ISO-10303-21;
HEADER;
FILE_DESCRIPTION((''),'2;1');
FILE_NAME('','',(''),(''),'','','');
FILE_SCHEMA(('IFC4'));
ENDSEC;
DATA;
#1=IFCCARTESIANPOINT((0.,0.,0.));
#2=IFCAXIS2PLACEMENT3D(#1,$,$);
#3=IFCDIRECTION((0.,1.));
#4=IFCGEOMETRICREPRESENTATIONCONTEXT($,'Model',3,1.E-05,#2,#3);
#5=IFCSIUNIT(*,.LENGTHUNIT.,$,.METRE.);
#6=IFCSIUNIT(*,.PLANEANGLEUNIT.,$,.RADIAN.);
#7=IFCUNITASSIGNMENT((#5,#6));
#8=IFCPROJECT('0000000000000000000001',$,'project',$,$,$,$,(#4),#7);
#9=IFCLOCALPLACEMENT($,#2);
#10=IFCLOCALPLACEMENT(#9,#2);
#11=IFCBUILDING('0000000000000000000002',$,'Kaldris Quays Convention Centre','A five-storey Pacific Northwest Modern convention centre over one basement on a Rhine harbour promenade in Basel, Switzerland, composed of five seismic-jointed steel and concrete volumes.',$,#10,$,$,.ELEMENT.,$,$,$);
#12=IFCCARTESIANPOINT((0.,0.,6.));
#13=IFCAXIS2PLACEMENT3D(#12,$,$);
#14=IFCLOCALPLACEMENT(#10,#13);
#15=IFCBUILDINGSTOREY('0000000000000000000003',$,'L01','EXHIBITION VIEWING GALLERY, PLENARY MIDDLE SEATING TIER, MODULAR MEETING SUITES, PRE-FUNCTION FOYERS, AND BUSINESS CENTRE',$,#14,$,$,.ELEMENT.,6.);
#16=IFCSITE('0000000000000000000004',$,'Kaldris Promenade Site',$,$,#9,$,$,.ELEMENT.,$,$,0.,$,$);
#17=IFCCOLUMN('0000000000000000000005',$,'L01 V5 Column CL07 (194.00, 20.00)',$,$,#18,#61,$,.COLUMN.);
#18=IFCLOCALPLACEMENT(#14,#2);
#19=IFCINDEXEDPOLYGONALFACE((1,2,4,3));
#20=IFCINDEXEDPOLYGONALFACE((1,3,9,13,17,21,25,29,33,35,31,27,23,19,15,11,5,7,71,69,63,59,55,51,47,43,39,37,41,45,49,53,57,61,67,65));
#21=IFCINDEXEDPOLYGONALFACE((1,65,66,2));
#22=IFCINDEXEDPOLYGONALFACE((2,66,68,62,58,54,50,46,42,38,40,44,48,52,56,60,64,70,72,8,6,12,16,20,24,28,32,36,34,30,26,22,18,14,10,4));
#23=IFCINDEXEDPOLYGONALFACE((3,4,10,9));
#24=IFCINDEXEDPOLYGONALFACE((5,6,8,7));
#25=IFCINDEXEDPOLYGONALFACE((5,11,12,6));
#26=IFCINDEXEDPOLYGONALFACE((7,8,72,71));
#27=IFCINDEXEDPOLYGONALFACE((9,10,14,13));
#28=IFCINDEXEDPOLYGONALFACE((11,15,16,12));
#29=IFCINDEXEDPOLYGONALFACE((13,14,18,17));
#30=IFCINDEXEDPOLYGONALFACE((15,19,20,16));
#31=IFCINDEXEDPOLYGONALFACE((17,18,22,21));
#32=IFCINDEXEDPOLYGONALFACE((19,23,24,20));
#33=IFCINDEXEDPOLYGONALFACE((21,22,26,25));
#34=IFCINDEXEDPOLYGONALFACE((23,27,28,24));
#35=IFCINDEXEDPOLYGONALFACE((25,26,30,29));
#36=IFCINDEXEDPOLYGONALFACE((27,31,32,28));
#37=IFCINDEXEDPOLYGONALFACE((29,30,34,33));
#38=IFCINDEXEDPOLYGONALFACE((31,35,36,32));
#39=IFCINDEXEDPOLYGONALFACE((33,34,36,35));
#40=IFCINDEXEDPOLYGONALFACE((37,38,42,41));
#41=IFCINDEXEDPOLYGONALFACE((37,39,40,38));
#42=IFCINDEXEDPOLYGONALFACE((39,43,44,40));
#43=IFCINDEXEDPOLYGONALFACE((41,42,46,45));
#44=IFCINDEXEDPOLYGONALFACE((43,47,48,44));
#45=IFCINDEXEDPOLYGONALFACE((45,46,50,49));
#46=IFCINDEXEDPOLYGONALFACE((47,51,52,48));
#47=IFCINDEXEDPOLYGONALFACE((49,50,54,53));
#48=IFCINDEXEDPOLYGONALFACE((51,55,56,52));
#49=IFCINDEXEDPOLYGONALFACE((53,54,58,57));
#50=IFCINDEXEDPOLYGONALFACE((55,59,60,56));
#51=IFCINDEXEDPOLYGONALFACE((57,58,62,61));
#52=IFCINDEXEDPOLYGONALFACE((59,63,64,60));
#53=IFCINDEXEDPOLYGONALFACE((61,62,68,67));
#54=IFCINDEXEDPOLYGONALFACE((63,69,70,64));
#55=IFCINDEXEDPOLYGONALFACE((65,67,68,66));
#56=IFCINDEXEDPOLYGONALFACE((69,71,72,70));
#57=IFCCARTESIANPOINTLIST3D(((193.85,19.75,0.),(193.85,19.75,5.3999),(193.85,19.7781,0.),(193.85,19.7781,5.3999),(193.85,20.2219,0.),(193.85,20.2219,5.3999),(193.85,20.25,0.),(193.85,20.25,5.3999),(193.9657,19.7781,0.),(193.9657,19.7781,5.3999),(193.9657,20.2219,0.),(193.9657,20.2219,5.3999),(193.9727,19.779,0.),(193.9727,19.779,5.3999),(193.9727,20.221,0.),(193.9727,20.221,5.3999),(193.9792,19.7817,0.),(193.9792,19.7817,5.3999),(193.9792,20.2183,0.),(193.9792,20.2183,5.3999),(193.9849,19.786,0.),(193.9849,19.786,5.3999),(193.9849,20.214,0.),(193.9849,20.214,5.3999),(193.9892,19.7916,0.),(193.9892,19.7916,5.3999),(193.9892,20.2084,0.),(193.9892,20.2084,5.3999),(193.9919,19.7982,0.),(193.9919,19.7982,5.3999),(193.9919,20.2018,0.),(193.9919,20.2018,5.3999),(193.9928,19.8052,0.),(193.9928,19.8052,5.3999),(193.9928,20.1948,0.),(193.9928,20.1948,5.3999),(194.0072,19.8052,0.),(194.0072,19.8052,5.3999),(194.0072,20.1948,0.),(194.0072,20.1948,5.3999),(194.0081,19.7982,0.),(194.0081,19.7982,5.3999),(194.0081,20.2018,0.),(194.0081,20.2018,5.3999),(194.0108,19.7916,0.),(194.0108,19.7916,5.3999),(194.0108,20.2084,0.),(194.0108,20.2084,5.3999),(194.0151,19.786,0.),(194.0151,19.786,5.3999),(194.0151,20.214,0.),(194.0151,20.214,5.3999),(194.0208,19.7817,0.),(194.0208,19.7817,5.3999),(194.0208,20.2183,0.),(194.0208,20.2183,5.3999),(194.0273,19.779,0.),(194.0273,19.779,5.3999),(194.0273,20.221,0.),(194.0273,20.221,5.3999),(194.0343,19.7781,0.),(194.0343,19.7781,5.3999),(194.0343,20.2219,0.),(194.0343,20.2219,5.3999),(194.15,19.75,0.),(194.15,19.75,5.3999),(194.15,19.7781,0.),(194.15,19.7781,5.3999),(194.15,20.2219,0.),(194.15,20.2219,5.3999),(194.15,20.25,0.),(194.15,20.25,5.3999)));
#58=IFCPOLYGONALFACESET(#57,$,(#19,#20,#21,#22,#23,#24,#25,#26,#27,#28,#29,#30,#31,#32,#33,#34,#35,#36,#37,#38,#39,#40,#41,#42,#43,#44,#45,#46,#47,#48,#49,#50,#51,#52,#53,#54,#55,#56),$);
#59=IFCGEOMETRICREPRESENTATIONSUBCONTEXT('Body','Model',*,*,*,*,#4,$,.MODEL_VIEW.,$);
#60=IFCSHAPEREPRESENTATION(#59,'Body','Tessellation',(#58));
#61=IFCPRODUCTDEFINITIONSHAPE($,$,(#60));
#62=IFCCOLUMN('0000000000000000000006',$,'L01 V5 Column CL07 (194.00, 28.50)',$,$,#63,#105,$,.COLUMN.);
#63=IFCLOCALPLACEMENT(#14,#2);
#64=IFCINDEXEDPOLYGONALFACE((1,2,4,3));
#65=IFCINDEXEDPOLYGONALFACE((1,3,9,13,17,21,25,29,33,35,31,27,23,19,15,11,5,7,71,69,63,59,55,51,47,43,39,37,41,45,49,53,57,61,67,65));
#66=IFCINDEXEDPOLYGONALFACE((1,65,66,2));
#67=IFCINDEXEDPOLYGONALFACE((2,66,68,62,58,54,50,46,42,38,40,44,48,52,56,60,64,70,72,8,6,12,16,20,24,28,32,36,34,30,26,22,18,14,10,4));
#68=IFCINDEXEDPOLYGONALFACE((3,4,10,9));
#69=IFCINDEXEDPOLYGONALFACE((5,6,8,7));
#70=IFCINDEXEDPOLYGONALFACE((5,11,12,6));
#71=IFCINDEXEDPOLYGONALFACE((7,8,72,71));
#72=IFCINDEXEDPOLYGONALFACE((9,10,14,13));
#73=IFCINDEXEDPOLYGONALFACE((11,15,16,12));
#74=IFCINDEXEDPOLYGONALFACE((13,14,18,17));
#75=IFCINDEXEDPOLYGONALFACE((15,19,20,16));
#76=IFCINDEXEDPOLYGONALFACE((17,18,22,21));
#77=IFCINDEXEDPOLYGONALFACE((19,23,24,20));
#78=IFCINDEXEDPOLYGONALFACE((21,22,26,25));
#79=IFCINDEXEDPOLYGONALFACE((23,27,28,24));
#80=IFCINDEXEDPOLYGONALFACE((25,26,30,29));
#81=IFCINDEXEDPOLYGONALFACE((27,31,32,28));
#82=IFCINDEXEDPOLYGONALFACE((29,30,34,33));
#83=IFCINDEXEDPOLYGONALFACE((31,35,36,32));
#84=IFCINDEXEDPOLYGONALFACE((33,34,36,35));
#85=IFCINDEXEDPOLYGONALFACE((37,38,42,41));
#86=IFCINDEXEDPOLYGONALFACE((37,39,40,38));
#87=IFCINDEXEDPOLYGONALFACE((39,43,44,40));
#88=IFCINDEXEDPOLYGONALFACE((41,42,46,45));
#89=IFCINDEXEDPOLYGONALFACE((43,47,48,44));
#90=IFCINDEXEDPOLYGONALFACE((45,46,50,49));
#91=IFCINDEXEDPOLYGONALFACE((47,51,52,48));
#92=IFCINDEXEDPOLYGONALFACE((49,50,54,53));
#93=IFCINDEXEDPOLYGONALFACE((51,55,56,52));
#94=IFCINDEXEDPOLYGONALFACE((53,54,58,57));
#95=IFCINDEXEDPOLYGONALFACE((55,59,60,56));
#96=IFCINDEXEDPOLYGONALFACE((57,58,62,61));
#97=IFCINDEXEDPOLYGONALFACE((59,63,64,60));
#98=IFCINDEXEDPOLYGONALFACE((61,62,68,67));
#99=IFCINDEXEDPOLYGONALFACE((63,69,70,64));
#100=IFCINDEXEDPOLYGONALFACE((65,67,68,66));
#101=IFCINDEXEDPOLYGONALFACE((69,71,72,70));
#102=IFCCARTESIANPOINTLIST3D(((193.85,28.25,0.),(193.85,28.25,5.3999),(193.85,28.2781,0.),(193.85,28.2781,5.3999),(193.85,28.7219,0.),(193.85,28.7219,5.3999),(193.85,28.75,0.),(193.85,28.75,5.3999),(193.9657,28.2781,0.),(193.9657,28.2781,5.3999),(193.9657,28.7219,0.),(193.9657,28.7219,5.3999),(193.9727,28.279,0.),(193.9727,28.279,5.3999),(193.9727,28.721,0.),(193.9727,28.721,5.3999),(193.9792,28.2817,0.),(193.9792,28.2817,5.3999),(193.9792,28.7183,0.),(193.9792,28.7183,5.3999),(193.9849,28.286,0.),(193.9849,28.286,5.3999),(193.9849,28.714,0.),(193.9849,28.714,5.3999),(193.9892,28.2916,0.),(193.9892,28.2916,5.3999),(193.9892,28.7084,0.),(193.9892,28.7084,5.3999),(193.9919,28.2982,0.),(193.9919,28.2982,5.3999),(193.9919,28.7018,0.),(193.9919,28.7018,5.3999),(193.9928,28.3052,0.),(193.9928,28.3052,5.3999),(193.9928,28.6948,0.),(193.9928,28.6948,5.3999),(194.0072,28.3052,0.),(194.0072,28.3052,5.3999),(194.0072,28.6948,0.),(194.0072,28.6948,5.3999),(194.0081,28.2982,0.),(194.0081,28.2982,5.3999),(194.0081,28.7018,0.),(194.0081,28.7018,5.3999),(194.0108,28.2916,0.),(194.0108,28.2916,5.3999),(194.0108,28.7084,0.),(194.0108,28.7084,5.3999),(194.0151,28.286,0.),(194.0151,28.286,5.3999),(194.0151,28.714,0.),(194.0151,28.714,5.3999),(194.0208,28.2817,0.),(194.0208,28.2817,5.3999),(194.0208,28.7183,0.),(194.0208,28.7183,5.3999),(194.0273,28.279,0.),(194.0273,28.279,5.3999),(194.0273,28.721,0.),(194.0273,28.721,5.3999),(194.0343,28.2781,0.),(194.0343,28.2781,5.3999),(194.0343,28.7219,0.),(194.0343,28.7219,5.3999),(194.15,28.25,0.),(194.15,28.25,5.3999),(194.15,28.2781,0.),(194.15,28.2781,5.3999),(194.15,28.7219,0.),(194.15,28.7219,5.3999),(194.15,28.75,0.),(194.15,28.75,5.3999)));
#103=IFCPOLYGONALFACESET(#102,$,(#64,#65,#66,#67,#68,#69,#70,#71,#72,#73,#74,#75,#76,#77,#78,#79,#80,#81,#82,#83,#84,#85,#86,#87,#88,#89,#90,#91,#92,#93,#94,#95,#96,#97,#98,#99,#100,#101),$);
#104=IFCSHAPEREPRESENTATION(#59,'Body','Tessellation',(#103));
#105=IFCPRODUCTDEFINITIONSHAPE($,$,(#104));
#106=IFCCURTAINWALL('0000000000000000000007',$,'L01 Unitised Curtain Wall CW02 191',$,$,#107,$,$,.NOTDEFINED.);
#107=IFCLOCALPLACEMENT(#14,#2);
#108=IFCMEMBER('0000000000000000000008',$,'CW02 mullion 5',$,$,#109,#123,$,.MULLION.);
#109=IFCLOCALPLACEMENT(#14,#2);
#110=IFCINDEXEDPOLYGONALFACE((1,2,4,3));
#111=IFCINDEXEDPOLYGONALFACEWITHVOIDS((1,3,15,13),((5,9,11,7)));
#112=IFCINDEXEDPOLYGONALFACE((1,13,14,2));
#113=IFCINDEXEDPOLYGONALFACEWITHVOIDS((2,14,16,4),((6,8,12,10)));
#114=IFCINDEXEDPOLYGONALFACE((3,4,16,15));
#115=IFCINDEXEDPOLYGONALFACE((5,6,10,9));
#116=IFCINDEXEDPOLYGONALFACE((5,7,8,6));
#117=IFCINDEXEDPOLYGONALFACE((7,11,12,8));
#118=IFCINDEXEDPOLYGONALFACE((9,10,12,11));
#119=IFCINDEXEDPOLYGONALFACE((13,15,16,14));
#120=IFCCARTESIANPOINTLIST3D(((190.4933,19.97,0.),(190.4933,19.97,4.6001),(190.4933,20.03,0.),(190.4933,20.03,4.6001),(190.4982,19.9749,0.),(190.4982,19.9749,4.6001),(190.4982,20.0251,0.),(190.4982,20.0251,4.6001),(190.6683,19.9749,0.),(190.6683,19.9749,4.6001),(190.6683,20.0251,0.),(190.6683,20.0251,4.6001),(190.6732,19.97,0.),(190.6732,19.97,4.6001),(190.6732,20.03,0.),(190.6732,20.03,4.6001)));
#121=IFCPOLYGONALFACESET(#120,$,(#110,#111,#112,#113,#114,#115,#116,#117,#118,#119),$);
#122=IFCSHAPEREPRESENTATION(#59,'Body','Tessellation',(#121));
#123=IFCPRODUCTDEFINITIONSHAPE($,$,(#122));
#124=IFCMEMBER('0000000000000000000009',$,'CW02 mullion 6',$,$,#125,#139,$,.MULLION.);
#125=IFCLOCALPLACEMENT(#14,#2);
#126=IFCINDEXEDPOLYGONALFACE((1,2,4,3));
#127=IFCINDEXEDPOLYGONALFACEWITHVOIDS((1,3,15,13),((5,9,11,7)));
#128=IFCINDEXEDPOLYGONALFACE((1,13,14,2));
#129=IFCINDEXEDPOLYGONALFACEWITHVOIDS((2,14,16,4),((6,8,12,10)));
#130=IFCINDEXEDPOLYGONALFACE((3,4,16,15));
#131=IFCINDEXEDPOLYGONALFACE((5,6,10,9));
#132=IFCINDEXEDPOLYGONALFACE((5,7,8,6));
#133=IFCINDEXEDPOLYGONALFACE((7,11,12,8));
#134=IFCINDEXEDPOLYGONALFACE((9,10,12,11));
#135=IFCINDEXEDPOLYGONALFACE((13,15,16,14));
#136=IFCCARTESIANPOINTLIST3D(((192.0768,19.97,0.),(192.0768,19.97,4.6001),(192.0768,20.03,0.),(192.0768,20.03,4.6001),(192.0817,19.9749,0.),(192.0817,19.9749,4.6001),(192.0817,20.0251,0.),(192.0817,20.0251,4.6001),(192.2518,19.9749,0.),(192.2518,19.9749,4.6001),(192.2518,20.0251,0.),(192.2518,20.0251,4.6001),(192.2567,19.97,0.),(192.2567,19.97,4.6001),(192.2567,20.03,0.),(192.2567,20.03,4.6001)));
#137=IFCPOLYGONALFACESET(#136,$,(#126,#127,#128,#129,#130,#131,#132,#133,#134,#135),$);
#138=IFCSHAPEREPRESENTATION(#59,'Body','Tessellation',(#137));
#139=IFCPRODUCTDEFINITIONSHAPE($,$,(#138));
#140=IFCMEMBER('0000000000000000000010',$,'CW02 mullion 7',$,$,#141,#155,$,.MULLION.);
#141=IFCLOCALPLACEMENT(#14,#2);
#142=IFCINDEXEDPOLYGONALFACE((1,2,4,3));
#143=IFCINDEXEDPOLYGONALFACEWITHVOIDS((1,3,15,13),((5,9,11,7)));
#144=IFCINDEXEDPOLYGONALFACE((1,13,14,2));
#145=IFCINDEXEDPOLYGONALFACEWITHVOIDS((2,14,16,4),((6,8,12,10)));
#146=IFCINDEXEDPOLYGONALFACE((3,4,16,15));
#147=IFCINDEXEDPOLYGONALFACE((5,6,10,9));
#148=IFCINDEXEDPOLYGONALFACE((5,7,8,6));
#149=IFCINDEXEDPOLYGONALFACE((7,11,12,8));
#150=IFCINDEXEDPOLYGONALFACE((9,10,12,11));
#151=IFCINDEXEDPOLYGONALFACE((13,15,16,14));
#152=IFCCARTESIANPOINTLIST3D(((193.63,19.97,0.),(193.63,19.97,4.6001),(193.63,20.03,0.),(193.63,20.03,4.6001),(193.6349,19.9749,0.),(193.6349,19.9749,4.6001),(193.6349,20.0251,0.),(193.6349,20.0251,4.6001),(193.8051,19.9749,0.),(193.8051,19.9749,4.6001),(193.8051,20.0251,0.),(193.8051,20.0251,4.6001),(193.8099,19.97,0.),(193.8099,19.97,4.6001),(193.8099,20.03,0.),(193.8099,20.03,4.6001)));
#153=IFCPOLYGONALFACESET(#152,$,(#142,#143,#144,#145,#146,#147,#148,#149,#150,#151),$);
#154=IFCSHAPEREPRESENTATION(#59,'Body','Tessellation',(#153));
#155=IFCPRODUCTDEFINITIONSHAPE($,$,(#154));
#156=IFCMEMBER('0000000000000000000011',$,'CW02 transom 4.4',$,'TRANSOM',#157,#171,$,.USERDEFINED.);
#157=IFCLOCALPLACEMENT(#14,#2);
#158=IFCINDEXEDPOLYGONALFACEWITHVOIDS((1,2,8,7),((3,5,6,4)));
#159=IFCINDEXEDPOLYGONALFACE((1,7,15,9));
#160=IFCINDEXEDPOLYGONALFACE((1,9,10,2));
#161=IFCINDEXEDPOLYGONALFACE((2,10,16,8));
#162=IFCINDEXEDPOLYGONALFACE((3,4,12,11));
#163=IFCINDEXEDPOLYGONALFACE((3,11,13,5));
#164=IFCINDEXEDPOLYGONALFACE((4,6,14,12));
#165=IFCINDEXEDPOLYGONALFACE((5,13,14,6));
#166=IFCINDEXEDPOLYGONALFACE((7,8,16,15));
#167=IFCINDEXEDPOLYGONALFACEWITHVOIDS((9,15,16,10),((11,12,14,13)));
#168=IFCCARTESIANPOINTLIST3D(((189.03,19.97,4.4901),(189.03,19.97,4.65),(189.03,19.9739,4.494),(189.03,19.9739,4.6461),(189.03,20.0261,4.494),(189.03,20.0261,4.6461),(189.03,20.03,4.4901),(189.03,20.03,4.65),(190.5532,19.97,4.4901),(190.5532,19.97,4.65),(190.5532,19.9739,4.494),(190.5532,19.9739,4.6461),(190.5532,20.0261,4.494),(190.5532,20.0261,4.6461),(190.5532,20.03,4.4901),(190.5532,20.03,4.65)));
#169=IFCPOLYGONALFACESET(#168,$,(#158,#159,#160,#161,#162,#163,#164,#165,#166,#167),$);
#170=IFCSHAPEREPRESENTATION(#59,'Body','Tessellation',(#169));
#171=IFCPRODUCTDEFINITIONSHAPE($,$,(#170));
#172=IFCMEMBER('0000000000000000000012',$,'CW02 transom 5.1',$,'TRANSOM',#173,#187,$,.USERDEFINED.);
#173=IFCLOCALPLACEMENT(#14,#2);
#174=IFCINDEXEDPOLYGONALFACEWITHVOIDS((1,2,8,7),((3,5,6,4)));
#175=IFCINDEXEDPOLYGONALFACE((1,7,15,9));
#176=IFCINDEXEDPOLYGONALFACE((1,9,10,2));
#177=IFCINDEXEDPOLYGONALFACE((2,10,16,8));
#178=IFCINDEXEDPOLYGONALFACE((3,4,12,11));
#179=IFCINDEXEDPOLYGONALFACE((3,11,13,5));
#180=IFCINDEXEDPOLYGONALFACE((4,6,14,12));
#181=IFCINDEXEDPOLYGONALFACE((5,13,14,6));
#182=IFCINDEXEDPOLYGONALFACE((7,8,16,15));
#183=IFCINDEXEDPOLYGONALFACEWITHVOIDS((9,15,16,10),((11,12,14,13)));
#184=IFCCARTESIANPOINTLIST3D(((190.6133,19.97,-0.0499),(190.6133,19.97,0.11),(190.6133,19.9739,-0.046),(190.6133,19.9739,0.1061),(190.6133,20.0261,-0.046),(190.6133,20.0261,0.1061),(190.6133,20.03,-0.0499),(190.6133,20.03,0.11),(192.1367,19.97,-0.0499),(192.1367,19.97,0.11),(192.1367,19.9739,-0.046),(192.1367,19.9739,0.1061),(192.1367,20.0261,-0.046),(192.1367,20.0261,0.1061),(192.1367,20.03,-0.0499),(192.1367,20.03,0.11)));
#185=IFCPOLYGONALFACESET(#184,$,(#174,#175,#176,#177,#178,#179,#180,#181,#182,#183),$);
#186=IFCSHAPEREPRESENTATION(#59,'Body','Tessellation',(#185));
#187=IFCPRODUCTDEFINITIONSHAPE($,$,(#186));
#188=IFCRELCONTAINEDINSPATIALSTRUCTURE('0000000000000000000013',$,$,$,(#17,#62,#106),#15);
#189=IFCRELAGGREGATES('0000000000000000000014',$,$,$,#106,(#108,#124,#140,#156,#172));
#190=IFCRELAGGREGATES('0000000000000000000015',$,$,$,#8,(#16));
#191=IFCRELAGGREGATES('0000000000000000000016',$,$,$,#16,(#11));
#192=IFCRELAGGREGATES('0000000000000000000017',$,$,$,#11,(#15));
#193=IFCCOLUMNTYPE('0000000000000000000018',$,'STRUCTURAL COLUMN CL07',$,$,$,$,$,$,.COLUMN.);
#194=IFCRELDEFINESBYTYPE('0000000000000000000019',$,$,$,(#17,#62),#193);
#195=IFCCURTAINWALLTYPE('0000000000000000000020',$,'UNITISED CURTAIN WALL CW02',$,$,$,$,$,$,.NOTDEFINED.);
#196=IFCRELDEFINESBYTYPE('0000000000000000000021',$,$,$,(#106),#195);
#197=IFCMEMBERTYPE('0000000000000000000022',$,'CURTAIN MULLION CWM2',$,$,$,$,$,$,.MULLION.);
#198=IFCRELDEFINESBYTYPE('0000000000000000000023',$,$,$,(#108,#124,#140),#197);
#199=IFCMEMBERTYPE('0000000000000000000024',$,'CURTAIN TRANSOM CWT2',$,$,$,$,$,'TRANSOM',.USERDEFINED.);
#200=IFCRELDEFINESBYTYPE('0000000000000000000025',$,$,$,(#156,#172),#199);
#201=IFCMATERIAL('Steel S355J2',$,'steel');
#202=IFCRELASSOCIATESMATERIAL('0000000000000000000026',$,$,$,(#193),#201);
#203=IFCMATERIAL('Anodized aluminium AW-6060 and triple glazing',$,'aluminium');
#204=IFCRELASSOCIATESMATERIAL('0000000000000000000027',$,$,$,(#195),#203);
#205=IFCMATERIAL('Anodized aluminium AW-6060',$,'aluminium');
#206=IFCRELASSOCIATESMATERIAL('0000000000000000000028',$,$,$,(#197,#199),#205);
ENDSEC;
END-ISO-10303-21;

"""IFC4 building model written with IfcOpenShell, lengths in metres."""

from ifc_helpers import new_model, si_unit, direction, frame, origin, origin_2d, place, context, subcontext, project, spatial, hollow_rectangle, i_section, extrude, material, material_profile, profile_set, type_object, element, aggregate, save


model = new_model("IFC4")

# Units and contexts
model_context = context("Model", 3, precision=1e-05, world=origin(), true_north=direction((0.0, 1.0)))
body_context = subcontext(model_context, "Body", "Model", "MODEL_VIEW")
ifc_project = project(units=[si_unit("LENGTHUNIT", "METRE"), si_unit("PLANEANGLEUNIT", "RADIAN")], contexts=[model_context])

# Site, building, storey
site_placement = place(None, origin())
site = spatial("IfcSite", under=ifc_project, at=site_placement, Name="Kaldris Promenade Site", CompositionType="ELEMENT", RefElevation=0.0)
building_placement = place(site_placement, origin())
building = spatial("IfcBuilding", under=site, at=building_placement, Name="Kaldris Quays Convention Centre", Description="A five-storey Pacific Northwest Modern convention centre over one basement on a Rhine harbour promenade in Basel, Switzerland, composed of five seismic-jointed steel and concrete volumes.", CompositionType="ELEMENT")
storey_placement = place(building_placement, frame((0.0, 0.0, 6.0)))
storey = spatial("IfcBuildingStorey", under=building, at=storey_placement, Name="L01", Description="EXHIBITION VIEWING GALLERY, PLENARY MIDDLE SEATING TIER, MODULAR MEETING SUITES, PRE-FUNCTION FOYERS, AND BUSINESS CENTRE", CompositionType="ELEMENT", Elevation=6.0)

# Columns
ifc_material_1 = material(Name="Steel S355J2", Category="steel")
ifc_material_profile_1 = material_profile(ifc_material_1, i_section(OverallWidth=0.3, OverallDepth=0.5, WebThickness=0.0144, FlangeThickness=0.0281, FilletRadius=0.0271, at=origin_2d()), Name="HEB 500")
ifc_profile_set_1 = profile_set([ifc_material_profile_1], Name="Steel S355J2")
column_type = type_object("IfcColumnType", Name="STRUCTURAL COLUMN CL07", PredefinedType="COLUMN", material=ifc_profile_set_1)
for number, where, z_axis, x_axis, name in (
    (1, (194.0, 20.0, 0.0), (0.0, 0.0, 1.0), (1.0, 0.0, 0.0), "L01 V5 Column CL07 (194.00, 20.00)"),
    (2, (194.0, 28.5, 0.0), (0.0, 0.0, 1.0), (1.0, 0.0, 0.0), "L01 V5 Column CL07 (194.00, 28.50)"),
):
    element("IfcColumn", number, at=place(storey_placement, frame(where, z_axis=z_axis, x_axis=x_axis)), inside=storey, type_object=column_type, Name=name, PredefinedType="COLUMN", context=body_context, shape_type="SweptSolid", body=[
        extrude(i_section(OverallWidth=0.3, OverallDepth=0.5, WebThickness=0.0144, FlangeThickness=0.0281, FilletRadius=0.0271, at=origin_2d()), origin(), (0.0, 0.0, 1.0), 5.3999),
    ])

# Curtain wall, members
ifc_material_2 = material(Name="Anodized aluminium AW-6060 and triple glazing", Category="aluminium")
curtain_wall_type = type_object("IfcCurtainWallType", Name="UNITISED CURTAIN WALL CW02", PredefinedType="NOTDEFINED", material=ifc_material_2)
curtain_wall_placement = place(storey_placement, origin())
curtain_wall = element("IfcCurtainWall", 3, at=curtain_wall_placement, inside=storey, type_object=curtain_wall_type, Name="L01 Unitised Curtain Wall CW02 191", PredefinedType="NOTDEFINED")
ifc_material_3 = material(Name="Anodized aluminium AW-6060", Category="aluminium")
ifc_material_profile_2 = material_profile(ifc_material_3, hollow_rectangle(XDim=0.0601, YDim=0.1799, WallThickness=0.0049, at=origin_2d()), Name="RHS 180x60x5")
ifc_profile_set_2 = profile_set([ifc_material_profile_2], Name="Anodized aluminium AW-6060")
member_type_1 = type_object("IfcMemberType", Name="CURTAIN MULLION CWM2", PredefinedType="MULLION", material=ifc_profile_set_2)
member_1_placement = place(storey_placement, frame((190.5833, 20.0, 0.0), z_axis=(0.0, 0.0, 1.0), x_axis=(0.0, 1.0, 0.0)))
member_1 = element("IfcMember", 4, at=member_1_placement, type_object=member_type_1, Name="CW02 mullion 5", PredefinedType="MULLION", context=body_context, shape_type="SweptSolid", body=[
    extrude(hollow_rectangle(XDim=0.0601, YDim=0.1799, WallThickness=0.0049, at=origin_2d()), origin(), (0.0, 0.0, 1.0), 4.6001),
])
member_2_placement = place(storey_placement, frame((192.1667, 20.0, 0.0), z_axis=(0.0, 0.0, 1.0), x_axis=(0.0, 1.0, 0.0)))
member_2 = element("IfcMember", 5, at=member_2_placement, type_object=member_type_1, Name="CW02 mullion 6", PredefinedType="MULLION", context=body_context, shape_type="SweptSolid", body=[
    extrude(hollow_rectangle(XDim=0.0601, YDim=0.1799, WallThickness=0.0049, at=origin_2d()), origin(), (0.0, 0.0, 1.0), 4.6001),
])
member_3_placement = place(storey_placement, frame((193.72, 20.0, 0.0), z_axis=(0.0, 0.0, 1.0), x_axis=(0.0, 1.0, 0.0)))
member_3 = element("IfcMember", 6, at=member_3_placement, type_object=member_type_1, Name="CW02 mullion 7", PredefinedType="MULLION", context=body_context, shape_type="SweptSolid", body=[
    extrude(hollow_rectangle(XDim=0.0601, YDim=0.1799, WallThickness=0.0049, at=origin_2d()), origin(), (0.0, 0.0, 1.0), 4.6001),
])
ifc_material_profile_3 = material_profile(ifc_material_3, hollow_rectangle(XDim=0.0601, YDim=0.1599, WallThickness=0.0039, at=origin_2d()), Name="RHS 160x60x4")
ifc_profile_set_3 = profile_set([ifc_material_profile_3], Name="Anodized aluminium AW-6060")
member_type_2 = type_object("IfcMemberType", Name="CURTAIN TRANSOM CWT2", ElementType="TRANSOM", PredefinedType="USERDEFINED", material=ifc_profile_set_3)
member_4_placement = place(storey_placement, frame((189.03, 20.0, 4.5701), z_axis=(1.0, 0.0, 0.0), x_axis=(0.0, 1.0, 0.0)))
member_4 = element("IfcMember", 7, at=member_4_placement, type_object=member_type_2, Name="CW02 transom 4.4", ObjectType="TRANSOM", PredefinedType="USERDEFINED", context=body_context, shape_type="SweptSolid", body=[
    extrude(hollow_rectangle(XDim=0.0601, YDim=0.1599, WallThickness=0.0039, at=origin_2d()), origin(), (0.0, 0.0, 1.0), 1.5232),
])
member_5_placement = place(storey_placement, frame((190.6133, 20.0, 0.03), z_axis=(1.0, 0.0, 0.0), x_axis=(0.0, 1.0, 0.0)))
member_5 = element("IfcMember", 8, at=member_5_placement, type_object=member_type_2, Name="CW02 transom 5.1", ObjectType="TRANSOM", PredefinedType="USERDEFINED", context=body_context, shape_type="SweptSolid", body=[
    extrude(hollow_rectangle(XDim=0.0601, YDim=0.1599, WallThickness=0.0039, at=origin_2d()), origin(), (0.0, 0.0, 1.0), 1.5234),
])

aggregate(curtain_wall, [member_1, member_2, member_3, member_4, member_5])

save(model, "model.ifc")
